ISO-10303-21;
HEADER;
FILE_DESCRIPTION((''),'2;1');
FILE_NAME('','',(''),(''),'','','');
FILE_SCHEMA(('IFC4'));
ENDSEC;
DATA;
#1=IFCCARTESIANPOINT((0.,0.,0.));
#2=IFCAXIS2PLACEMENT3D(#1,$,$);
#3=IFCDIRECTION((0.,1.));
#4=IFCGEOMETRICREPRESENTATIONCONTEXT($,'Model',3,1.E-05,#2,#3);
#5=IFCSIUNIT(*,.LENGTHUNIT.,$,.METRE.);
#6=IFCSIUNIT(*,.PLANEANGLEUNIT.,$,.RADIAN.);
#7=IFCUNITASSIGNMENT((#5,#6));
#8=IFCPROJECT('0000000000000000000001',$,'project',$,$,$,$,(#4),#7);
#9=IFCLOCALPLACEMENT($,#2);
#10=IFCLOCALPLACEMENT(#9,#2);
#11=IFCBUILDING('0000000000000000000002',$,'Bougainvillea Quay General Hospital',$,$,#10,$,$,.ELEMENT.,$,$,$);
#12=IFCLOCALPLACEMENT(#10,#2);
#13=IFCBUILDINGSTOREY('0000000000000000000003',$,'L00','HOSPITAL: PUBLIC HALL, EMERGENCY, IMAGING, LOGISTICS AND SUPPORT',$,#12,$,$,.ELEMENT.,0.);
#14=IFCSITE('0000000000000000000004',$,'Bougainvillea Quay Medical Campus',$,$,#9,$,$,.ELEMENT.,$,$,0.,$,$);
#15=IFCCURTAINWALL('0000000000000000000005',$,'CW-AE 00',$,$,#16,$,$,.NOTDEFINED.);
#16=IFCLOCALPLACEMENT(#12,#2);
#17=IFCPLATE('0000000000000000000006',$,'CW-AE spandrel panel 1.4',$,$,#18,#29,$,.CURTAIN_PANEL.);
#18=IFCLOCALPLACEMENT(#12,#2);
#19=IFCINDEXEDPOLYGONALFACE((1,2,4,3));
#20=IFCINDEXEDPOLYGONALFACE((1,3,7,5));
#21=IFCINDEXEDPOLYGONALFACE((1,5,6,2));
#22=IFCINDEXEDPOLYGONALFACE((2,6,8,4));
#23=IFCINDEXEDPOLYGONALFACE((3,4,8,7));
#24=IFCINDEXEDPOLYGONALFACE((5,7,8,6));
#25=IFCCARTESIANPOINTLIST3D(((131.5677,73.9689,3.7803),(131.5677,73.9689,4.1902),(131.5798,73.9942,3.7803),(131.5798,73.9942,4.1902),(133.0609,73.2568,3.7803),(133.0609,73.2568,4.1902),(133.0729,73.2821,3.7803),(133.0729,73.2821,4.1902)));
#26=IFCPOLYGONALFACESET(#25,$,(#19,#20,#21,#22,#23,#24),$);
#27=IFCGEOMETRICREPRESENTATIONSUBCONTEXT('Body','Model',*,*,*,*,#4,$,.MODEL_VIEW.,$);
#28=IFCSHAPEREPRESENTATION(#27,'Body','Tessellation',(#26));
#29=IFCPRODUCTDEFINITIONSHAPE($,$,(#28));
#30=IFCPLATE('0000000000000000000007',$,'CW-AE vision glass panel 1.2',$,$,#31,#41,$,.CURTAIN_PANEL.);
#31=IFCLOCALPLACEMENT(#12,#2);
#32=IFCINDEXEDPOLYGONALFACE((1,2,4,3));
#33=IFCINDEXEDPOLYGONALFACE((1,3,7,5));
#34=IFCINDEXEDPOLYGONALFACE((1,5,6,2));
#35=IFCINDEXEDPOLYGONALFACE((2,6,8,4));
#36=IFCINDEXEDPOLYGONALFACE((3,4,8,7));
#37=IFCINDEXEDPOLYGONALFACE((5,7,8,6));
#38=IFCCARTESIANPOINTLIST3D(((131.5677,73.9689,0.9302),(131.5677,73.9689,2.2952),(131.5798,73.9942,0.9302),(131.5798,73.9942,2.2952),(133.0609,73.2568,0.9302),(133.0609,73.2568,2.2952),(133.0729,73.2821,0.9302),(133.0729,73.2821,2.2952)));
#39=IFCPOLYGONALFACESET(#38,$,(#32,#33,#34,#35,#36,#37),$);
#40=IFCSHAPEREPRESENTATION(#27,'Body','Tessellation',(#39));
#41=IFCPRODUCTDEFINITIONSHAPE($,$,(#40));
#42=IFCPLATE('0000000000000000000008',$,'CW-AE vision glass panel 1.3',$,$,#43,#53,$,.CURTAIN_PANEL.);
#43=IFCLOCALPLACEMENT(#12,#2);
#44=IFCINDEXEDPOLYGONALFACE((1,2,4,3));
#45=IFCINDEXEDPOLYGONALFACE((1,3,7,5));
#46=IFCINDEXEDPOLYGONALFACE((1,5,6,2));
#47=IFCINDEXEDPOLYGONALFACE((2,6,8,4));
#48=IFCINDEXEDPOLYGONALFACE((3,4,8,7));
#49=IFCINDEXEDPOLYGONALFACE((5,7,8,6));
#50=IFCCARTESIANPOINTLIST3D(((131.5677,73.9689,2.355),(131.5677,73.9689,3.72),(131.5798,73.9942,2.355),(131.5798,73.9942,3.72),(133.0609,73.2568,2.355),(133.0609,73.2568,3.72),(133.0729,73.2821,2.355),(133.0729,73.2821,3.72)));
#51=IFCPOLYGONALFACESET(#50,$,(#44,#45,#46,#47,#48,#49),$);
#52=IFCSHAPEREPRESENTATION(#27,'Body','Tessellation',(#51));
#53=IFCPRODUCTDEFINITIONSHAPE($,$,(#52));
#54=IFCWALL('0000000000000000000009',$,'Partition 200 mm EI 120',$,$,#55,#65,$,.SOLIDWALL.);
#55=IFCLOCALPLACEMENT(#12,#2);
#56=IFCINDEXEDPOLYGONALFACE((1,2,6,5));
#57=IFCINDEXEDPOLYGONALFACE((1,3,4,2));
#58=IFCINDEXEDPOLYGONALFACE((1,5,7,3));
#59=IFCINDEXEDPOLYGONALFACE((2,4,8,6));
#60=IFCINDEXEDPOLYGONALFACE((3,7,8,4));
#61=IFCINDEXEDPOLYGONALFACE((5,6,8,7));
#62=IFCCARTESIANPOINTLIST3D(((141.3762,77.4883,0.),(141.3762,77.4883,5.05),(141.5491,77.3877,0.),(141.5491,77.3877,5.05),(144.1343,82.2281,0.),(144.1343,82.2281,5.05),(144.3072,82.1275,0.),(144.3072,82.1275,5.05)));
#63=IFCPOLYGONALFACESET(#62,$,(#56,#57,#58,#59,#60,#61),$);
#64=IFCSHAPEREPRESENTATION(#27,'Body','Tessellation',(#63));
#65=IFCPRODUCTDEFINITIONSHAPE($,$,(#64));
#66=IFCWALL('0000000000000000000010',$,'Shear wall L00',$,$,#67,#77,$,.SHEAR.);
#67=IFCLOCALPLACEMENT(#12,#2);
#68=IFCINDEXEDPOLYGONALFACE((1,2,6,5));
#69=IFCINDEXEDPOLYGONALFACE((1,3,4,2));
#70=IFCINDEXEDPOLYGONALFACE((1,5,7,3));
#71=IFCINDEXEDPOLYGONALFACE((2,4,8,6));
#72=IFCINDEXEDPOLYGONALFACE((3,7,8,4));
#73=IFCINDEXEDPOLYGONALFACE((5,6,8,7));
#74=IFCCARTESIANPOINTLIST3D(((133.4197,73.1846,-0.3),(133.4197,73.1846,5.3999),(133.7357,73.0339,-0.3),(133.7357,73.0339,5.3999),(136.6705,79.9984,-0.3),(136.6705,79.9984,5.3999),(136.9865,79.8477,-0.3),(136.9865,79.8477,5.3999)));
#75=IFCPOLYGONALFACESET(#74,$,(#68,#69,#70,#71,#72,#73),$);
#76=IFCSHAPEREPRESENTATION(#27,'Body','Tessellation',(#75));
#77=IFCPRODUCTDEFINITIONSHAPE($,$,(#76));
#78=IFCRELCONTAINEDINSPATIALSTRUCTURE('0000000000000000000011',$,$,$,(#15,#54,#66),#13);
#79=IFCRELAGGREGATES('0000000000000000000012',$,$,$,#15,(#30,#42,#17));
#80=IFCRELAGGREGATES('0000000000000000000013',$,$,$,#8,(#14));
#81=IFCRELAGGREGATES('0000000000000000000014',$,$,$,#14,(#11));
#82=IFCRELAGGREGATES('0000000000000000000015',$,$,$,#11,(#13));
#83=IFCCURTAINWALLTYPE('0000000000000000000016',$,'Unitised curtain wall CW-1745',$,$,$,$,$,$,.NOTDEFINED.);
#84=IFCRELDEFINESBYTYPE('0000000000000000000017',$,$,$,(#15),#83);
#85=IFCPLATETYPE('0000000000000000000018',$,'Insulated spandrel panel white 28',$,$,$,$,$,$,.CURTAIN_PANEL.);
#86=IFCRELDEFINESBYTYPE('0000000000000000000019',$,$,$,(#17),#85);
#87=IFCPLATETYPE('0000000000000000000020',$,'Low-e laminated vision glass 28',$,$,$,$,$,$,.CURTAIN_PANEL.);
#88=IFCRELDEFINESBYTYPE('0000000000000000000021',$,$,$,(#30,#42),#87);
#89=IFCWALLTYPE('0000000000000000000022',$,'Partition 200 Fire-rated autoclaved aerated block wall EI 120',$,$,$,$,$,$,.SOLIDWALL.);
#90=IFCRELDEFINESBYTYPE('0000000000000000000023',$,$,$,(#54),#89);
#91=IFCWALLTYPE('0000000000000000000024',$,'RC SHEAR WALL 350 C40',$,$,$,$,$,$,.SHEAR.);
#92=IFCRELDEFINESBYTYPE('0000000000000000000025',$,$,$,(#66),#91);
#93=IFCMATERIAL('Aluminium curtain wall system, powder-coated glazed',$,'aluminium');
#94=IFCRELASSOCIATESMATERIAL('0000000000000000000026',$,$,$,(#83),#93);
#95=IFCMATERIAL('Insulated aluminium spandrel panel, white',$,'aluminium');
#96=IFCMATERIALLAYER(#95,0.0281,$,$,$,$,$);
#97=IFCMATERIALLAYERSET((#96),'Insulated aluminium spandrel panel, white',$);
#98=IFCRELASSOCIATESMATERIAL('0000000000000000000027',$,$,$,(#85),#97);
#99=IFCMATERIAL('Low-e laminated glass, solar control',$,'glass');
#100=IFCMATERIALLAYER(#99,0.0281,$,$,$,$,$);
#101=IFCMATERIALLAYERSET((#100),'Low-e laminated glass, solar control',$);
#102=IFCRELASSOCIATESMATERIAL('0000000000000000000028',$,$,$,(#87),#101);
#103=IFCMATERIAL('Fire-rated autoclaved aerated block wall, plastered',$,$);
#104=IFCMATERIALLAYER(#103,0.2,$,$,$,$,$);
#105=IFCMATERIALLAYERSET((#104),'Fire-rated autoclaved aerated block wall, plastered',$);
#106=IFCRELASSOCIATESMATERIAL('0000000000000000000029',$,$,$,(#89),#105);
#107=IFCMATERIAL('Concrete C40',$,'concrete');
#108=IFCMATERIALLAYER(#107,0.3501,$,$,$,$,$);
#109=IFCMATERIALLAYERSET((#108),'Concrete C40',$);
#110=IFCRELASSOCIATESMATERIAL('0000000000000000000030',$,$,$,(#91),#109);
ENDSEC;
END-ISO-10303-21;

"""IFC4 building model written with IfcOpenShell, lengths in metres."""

from ifc_helpers import new_model, si_unit, direction, frame, frame_2d, origin, origin_2d, place, context, subcontext, project, spatial, rectangle, extrude, material, layer, layer_set, type_object, element, aggregate, save


model = new_model("IFC4")

# Units and contexts
model_context = context("Model", 3, precision=1e-05, world=origin(), true_north=direction((0.0, 1.0)))
body_context = subcontext(model_context, "Body", "Model", "MODEL_VIEW")
ifc_project = project(units=[si_unit("LENGTHUNIT", "METRE"), si_unit("PLANEANGLEUNIT", "RADIAN")], contexts=[model_context])

# Site, building, storey
site_placement = place(None, origin())
site = spatial("IfcSite", under=ifc_project, at=site_placement, Name="Bougainvillea Quay Medical Campus", CompositionType="ELEMENT", RefElevation=0.0)
building_placement = place(site_placement, origin())
building = spatial("IfcBuilding", under=site, at=building_placement, Name="Bougainvillea Quay General Hospital", CompositionType="ELEMENT")
storey_placement = place(building_placement, origin())
storey = spatial("IfcBuildingStorey", under=building, at=storey_placement, Name="L00", Description="HOSPITAL: PUBLIC HALL, EMERGENCY, IMAGING, LOGISTICS AND SUPPORT", CompositionType="ELEMENT", Elevation=0.0)

# Shared definitions
ifc_material_1 = material(Name="Concrete C40", Category="concrete")

# Curtain wall, plates
ifc_material_2 = material(Name="Aluminium curtain wall system, powder-coated glazed", Category="aluminium")
curtain_wall_type = type_object("IfcCurtainWallType", Name="Unitised curtain wall CW-1745", PredefinedType="NOTDEFINED", material=ifc_material_2)
curtain_wall_placement = place(storey_placement, origin())
curtain_wall = element("IfcCurtainWall", 1, at=curtain_wall_placement, inside=storey, type_object=curtain_wall_type, Name="CW-AE 00", PredefinedType="NOTDEFINED")
ifc_material_3 = material(Name="Insulated aluminium spandrel panel, white", Category="aluminium")
ifc_layer_1 = layer(ifc_material_3, 0.0281)
ifc_layer_set_1 = layer_set([ifc_layer_1], Name="Insulated aluminium spandrel panel, white")
plate_type_1 = type_object("IfcPlateType", Name="Insulated spandrel panel white 28", PredefinedType="CURTAIN_PANEL", material=ifc_layer_set_1)
plate_1_placement = place(storey_placement, frame((132.3203, 73.6255, 3.7803), z_axis=(0.0, 0.0, 1.0), x_axis=(-0.902608, 0.430463, 0.0)))
plate_1 = element("IfcPlate", 2, at=plate_1_placement, type_object=plate_type_1, Name="CW-AE spandrel panel 1.4", PredefinedType="CURTAIN_PANEL", context=body_context, shape_type="SweptSolid", body=[
    extrude(rectangle(XDim=1.6543, YDim=0.0281, at=origin_2d()), origin(), (0.0, 0.0, 1.0), 0.4099),
])
ifc_material_4 = material(Name="Low-e laminated glass, solar control", Category="glass")
ifc_layer_2 = layer(ifc_material_4, 0.0281)
ifc_layer_set_2 = layer_set([ifc_layer_2], Name="Low-e laminated glass, solar control")
plate_type_2 = type_object("IfcPlateType", Name="Low-e laminated vision glass 28", PredefinedType="CURTAIN_PANEL", material=ifc_layer_set_2)
plate_2_placement = place(storey_placement, frame((132.3203, 73.6255, 0.9302), z_axis=(0.0, 0.0, 1.0), x_axis=(-0.902608, 0.430463, 0.0)))
plate_2 = element("IfcPlate", 3, at=plate_2_placement, type_object=plate_type_2, Name="CW-AE vision glass panel 1.2", PredefinedType="CURTAIN_PANEL", context=body_context, shape_type="SweptSolid", body=[
    extrude(rectangle(XDim=1.6543, YDim=0.0281, at=origin_2d()), origin(), (0.0, 0.0, 1.0), 1.365),
])
plate_3_placement = place(storey_placement, frame((132.3203, 73.6255, 2.355), z_axis=(0.0, 0.0, 1.0), x_axis=(-0.902608, 0.430463, 0.0)))
plate_3 = element("IfcPlate", 4, at=plate_3_placement, type_object=plate_type_2, Name="CW-AE vision glass panel 1.3", PredefinedType="CURTAIN_PANEL", context=body_context, shape_type="SweptSolid", body=[
    extrude(rectangle(XDim=1.6543, YDim=0.0281, at=origin_2d()), origin(), (0.0, 0.0, 1.0), 1.365),
])
aggregate(curtain_wall, [plate_2, plate_3, plate_1])

# Walls
ifc_material_5 = material(Name="Fire-rated autoclaved aerated block wall, plastered")
ifc_layer_3 = layer(ifc_material_5, 0.2)
ifc_layer_set_3 = layer_set([ifc_layer_3], Name="Fire-rated autoclaved aerated block wall, plastered")
wall_type_1 = type_object("IfcWallType", Name="Partition 200 Fire-rated autoclaved aerated block wall EI 120", PredefinedType="SOLIDWALL", material=ifc_layer_set_3)
wall_1_placement = place(storey_placement, frame((141.4626, 77.438, 0.0), z_axis=(0.0, 0.0, 1.0), x_axis=(0.502946, 0.864318, 0.0)))
element("IfcWall", 5, at=wall_1_placement, inside=storey, type_object=wall_type_1, Name="Partition 200 mm EI 120", PredefinedType="SOLIDWALL", context=body_context, shape_type="SweptSolid", body=[
    extrude(rectangle(XDim=5.4839, YDim=0.2, at=frame_2d((2.7419, 0.0))), origin(), (0.0, 0.0, 1.0), 5.05),
])
ifc_layer_4 = layer(ifc_material_1, 0.3501)
ifc_layer_set_4 = layer_set([ifc_layer_4], Name="Concrete C40")
wall_type_2 = type_object("IfcWallType", Name="RC SHEAR WALL 350 C40", PredefinedType="SHEAR", material=ifc_layer_set_4)
wall_2_placement = place(storey_placement, frame((133.5776, 73.1091, -0.3), z_axis=(0.0, 0.0, 1.0), x_axis=(0.430592, 0.902546, 0.0)))
element("IfcWall", 6, at=wall_2_placement, inside=storey, type_object=wall_type_2, Name="Shear wall L00", PredefinedType="SHEAR", context=body_context, shape_type="SweptSolid", body=[
    extrude(rectangle(XDim=7.5496, YDim=0.3501, at=frame_2d((3.7749, 0.0))), origin(), (0.0, 0.0, 1.0), 5.7),
])

save(model, "model.ifc")
